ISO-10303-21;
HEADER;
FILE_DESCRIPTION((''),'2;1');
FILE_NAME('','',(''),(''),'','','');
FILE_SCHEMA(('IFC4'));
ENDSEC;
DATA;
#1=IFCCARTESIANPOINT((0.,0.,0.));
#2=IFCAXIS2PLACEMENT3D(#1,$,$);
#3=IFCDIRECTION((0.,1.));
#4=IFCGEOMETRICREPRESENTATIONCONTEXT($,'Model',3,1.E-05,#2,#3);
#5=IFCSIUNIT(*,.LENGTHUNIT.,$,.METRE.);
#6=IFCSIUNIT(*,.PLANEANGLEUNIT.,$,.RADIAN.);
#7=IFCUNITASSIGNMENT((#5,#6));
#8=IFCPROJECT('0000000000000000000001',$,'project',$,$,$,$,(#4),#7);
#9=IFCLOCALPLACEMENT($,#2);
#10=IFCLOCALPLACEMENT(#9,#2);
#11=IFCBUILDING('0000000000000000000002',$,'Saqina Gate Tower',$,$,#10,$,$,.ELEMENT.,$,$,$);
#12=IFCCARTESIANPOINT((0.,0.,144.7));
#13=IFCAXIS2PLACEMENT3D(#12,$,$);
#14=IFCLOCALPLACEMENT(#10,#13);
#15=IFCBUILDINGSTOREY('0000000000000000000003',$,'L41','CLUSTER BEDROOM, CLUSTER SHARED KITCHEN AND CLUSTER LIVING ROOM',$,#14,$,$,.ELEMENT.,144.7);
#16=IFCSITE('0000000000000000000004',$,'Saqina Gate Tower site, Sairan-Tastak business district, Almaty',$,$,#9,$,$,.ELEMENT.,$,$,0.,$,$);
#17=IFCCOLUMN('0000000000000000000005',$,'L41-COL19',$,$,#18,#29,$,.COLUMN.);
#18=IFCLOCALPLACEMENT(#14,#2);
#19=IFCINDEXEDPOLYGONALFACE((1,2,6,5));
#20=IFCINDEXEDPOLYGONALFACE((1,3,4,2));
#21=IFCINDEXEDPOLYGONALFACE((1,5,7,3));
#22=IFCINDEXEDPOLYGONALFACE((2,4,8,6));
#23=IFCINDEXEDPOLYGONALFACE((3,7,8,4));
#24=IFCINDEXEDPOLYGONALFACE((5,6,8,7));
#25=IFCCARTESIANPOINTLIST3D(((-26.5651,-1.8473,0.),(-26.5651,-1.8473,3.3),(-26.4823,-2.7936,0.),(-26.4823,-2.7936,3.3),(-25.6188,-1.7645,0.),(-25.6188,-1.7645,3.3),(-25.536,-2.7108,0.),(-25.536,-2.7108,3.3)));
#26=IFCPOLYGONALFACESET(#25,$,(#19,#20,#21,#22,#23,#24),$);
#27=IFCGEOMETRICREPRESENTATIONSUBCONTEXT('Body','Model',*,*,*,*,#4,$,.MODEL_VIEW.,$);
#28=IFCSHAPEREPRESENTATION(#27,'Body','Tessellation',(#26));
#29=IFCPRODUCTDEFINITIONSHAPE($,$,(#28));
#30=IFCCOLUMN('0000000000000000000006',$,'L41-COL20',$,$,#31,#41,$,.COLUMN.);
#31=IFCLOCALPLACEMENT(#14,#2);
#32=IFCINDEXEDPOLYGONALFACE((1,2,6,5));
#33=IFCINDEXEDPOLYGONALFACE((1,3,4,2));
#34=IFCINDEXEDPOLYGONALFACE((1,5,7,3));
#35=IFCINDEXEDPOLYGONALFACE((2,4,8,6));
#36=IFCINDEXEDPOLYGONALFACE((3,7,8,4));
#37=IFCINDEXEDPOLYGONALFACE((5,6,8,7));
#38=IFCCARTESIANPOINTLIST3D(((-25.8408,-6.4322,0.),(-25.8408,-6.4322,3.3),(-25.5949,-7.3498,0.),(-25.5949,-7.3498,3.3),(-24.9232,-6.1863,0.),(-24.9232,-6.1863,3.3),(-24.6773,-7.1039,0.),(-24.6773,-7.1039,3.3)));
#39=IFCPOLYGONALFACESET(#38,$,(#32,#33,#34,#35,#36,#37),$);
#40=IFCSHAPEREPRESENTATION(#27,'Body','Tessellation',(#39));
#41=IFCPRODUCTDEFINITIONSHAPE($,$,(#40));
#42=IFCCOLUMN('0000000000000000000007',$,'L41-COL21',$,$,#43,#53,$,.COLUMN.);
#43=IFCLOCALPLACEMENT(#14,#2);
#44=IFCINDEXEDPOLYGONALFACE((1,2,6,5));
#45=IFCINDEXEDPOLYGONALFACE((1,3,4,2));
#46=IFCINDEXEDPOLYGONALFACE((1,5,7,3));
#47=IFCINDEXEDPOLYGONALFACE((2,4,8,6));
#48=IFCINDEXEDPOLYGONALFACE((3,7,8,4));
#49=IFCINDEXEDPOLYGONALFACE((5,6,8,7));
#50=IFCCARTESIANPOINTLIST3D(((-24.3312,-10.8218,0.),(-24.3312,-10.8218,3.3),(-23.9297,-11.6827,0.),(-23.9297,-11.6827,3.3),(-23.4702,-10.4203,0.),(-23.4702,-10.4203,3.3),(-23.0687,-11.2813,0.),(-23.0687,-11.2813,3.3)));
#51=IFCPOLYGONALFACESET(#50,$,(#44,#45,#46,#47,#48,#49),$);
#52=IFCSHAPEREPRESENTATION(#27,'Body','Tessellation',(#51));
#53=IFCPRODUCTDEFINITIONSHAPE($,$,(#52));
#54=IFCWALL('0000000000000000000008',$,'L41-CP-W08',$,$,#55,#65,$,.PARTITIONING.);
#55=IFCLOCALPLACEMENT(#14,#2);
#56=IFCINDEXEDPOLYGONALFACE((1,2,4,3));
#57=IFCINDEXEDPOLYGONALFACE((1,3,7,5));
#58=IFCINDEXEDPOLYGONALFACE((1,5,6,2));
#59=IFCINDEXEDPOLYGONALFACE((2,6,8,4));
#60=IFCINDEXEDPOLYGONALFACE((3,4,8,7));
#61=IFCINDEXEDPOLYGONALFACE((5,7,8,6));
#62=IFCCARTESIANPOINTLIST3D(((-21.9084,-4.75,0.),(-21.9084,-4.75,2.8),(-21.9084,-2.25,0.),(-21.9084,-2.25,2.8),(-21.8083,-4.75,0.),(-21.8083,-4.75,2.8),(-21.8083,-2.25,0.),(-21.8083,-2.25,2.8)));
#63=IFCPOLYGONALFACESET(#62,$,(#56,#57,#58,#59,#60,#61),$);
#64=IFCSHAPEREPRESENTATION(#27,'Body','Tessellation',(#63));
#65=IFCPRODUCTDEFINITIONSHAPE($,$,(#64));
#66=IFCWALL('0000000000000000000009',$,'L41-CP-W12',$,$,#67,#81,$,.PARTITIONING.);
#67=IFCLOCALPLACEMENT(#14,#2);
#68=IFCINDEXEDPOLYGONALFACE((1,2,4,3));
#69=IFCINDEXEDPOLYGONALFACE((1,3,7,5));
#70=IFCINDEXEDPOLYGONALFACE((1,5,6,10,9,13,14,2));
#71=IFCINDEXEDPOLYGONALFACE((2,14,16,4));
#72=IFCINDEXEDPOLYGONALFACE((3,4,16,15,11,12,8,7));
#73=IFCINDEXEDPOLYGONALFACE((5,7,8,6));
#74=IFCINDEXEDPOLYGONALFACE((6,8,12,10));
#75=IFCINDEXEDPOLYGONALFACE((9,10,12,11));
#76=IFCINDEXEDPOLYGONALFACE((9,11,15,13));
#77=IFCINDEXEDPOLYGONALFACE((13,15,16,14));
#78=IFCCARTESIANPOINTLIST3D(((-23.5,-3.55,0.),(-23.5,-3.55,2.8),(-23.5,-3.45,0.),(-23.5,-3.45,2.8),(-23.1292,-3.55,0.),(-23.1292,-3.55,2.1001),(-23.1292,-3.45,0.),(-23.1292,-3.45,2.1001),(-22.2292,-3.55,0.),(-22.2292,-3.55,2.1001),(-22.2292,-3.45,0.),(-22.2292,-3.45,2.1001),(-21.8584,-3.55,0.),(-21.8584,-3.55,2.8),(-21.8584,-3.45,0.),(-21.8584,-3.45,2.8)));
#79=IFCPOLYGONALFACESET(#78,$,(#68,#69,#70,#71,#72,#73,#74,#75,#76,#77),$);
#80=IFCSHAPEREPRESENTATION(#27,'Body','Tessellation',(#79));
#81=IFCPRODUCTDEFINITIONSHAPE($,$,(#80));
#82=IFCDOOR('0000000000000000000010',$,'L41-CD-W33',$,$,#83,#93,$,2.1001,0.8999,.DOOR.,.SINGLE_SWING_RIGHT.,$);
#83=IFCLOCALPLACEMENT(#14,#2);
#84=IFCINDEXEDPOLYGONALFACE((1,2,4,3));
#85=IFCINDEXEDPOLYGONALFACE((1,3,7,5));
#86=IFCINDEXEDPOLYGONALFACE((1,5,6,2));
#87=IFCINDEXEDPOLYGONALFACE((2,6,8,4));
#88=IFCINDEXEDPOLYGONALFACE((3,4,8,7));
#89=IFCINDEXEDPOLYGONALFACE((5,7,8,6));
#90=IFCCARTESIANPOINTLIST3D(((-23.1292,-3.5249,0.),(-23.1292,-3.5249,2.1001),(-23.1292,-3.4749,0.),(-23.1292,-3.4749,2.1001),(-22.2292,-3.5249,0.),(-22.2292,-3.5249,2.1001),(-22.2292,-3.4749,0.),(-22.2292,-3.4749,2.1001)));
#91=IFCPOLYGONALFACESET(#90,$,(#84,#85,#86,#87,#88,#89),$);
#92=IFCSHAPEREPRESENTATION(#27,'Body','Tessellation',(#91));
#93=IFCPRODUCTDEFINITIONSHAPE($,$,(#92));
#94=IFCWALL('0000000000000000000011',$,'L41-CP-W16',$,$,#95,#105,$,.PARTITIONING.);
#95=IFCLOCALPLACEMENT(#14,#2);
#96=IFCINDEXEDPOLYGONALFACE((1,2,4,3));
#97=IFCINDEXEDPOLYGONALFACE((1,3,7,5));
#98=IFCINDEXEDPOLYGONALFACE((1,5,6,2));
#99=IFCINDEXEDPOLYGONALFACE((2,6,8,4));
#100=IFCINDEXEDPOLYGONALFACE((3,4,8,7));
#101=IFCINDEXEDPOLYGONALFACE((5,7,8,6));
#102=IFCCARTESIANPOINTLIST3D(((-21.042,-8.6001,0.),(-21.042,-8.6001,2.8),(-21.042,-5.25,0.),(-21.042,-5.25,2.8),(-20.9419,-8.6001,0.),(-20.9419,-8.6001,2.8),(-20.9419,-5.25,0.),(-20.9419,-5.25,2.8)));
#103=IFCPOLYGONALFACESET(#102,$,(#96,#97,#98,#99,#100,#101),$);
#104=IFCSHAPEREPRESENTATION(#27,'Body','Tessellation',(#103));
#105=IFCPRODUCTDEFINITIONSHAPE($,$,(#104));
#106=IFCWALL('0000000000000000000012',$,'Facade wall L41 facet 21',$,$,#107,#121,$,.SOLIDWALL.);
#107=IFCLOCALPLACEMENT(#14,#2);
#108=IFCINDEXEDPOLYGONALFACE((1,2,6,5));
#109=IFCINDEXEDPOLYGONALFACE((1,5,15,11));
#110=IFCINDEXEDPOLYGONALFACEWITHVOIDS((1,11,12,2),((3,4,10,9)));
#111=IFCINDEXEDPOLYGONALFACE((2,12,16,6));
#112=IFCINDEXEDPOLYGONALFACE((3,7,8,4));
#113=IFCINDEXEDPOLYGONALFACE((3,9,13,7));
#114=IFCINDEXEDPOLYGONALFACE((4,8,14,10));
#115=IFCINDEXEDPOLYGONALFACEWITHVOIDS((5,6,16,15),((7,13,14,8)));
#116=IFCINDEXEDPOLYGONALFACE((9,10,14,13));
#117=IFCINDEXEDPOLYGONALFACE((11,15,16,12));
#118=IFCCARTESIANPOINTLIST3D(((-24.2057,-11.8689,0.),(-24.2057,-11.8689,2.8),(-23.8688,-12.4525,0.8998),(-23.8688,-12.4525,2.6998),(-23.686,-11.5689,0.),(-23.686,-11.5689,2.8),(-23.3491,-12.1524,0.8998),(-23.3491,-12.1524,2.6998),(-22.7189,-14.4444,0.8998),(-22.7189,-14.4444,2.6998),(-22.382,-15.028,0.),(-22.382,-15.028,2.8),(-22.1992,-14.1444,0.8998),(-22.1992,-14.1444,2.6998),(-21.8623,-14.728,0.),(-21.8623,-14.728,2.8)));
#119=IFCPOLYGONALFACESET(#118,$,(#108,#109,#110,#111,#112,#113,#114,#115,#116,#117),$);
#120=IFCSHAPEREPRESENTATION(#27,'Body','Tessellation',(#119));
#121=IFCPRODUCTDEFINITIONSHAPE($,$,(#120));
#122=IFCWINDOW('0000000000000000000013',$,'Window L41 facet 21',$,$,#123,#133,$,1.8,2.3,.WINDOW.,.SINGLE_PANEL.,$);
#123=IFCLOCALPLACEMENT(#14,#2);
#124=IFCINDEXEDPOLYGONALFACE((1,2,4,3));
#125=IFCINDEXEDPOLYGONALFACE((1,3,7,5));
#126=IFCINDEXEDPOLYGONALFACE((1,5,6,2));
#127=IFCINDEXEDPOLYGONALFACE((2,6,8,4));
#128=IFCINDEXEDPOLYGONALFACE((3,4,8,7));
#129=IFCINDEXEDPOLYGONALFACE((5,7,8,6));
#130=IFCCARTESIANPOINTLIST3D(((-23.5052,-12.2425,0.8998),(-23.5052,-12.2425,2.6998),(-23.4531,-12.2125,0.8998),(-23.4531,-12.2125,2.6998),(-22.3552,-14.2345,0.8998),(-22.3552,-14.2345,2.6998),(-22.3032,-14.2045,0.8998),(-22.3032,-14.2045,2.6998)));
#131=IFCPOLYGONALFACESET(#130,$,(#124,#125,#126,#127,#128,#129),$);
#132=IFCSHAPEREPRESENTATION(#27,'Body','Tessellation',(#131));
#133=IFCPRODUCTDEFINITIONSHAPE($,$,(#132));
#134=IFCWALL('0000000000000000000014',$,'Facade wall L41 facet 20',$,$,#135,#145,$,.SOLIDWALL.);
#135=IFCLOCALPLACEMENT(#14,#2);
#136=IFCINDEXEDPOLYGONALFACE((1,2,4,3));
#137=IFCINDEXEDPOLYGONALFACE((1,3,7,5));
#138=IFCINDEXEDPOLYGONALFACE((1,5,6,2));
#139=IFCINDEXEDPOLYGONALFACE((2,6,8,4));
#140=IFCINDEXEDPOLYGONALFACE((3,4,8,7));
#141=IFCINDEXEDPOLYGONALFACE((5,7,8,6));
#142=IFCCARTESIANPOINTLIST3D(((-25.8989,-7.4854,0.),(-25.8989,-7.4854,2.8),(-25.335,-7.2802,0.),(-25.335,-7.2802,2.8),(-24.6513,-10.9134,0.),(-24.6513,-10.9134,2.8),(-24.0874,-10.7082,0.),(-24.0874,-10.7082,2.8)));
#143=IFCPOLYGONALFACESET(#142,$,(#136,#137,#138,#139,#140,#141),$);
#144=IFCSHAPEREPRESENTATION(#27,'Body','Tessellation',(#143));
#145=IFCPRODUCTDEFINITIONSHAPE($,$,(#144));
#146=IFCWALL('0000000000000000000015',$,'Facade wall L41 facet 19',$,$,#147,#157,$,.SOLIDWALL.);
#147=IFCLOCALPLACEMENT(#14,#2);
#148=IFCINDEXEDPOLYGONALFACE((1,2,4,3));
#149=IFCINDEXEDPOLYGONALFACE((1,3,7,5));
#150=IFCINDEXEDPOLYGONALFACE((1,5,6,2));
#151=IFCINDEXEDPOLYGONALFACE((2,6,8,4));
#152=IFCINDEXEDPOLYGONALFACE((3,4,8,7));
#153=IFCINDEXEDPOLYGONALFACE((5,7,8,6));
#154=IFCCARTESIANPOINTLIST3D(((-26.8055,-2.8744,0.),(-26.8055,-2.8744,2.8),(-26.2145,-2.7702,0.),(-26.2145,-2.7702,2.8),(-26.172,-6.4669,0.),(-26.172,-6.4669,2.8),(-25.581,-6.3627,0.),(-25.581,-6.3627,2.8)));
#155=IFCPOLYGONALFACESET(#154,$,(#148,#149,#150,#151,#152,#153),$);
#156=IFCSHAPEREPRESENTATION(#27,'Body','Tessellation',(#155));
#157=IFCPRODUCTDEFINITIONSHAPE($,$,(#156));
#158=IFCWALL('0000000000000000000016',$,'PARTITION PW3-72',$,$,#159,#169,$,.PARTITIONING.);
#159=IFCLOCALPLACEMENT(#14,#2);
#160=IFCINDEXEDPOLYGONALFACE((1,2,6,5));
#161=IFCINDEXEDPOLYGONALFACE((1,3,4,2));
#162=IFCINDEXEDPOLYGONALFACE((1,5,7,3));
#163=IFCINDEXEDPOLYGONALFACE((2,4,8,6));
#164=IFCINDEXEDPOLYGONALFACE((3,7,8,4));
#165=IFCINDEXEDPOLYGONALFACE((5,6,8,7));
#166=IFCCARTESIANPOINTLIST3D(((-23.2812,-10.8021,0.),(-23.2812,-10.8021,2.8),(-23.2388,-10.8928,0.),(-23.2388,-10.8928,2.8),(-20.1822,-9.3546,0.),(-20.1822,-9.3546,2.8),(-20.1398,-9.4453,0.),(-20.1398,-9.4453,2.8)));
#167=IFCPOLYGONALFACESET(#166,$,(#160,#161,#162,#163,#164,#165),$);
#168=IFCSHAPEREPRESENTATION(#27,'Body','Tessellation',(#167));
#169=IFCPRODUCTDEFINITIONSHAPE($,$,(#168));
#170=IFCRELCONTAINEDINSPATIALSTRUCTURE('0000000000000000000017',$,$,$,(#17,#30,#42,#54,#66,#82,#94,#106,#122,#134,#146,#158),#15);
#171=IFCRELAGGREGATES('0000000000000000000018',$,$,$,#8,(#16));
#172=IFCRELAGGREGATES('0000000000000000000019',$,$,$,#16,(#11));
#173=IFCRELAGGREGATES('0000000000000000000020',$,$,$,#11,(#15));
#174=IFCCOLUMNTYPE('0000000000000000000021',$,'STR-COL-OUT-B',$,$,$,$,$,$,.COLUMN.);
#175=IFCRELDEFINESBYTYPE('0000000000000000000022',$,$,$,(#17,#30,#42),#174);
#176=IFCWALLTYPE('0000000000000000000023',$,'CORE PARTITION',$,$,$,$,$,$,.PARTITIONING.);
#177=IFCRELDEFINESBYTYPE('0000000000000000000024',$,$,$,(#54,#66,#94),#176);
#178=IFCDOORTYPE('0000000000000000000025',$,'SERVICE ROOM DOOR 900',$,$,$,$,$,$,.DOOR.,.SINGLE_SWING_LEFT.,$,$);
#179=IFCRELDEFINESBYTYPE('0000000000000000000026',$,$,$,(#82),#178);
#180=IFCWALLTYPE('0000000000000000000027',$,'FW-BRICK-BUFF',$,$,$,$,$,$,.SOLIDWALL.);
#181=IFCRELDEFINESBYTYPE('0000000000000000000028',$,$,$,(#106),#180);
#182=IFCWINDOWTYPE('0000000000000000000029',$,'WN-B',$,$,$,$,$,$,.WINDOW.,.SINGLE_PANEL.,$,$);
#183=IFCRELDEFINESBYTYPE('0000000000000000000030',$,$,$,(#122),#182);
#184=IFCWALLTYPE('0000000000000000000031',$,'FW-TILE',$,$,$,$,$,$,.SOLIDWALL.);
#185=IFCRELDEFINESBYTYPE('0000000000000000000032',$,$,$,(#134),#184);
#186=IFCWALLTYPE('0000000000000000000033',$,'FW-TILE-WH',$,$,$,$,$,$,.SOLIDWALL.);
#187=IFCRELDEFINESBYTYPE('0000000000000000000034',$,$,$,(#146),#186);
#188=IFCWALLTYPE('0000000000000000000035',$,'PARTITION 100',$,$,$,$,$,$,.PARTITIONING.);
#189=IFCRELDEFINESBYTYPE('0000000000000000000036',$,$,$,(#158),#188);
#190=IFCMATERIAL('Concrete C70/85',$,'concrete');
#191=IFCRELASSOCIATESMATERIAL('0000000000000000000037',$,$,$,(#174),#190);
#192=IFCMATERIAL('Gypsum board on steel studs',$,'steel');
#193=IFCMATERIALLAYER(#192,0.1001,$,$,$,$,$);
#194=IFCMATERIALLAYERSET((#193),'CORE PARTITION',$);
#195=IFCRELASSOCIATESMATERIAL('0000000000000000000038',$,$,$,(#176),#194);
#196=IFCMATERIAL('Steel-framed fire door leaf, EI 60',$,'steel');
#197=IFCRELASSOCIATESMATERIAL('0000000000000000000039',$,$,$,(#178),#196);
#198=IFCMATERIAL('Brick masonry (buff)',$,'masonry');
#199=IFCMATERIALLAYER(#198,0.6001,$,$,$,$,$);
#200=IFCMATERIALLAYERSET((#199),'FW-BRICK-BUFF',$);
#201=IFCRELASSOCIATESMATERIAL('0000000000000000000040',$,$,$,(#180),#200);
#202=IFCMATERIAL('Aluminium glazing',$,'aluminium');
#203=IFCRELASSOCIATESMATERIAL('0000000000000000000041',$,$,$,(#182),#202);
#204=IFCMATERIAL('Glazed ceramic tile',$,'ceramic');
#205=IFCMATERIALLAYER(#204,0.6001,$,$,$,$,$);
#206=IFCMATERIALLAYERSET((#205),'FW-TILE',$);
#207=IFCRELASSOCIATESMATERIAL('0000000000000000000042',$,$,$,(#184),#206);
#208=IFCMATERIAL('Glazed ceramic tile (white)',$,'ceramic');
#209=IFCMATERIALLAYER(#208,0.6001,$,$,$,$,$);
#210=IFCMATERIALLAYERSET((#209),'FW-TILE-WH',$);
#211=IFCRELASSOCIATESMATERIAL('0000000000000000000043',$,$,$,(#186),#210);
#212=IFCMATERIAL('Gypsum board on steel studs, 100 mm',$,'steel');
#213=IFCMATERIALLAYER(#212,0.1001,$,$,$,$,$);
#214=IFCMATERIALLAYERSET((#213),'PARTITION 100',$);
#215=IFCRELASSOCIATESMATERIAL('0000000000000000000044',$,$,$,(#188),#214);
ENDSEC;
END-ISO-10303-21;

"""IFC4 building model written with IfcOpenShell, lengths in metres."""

from ifc_helpers import new_model, si_unit, direction, frame, frame_2d, origin, origin_2d, place, context, subcontext, project, spatial, rectangle, extrude, material, layer, layer_set, material_profile, profile_set, type_object, element, fill, save


model = new_model("IFC4")

# Units and contexts
model_context = context("Model", 3, precision=1e-05, world=origin(), true_north=direction((0.0, 1.0)))
body_context = subcontext(model_context, "Body", "Model", "MODEL_VIEW")
ifc_project = project(units=[si_unit("LENGTHUNIT", "METRE"), si_unit("PLANEANGLEUNIT", "RADIAN")], contexts=[model_context])

# Site, building, storey
site_placement = place(None, origin())
site = spatial("IfcSite", under=ifc_project, at=site_placement, Name="Saqina Gate Tower site, Sairan-Tastak business district, Almaty", CompositionType="ELEMENT", RefElevation=0.0)
building_placement = place(site_placement, origin())
building = spatial("IfcBuilding", under=site, at=building_placement, Name="Saqina Gate Tower", CompositionType="ELEMENT")
storey_placement = place(building_placement, frame((0.0, 0.0, 144.7)))
storey = spatial("IfcBuildingStorey", under=building, at=storey_placement, Name="L41", Description="CLUSTER BEDROOM, CLUSTER SHARED KITCHEN AND CLUSTER LIVING ROOM", CompositionType="ELEMENT", Elevation=144.7)

# Columns
ifc_material_1 = material(Name="Concrete C70/85", Category="concrete")
ifc_material_profile = material_profile(ifc_material_1, rectangle(XDim=0.95, YDim=0.95, at=origin_2d()), Name="RC 950x950")
ifc_profile_set = profile_set([ifc_material_profile], Name="Concrete C70/85")
column_type = type_object("IfcColumnType", Name="STR-COL-OUT-B", PredefinedType="COLUMN", material=ifc_profile_set)
for number, where, z_axis, x_axis, name in (
    (1, (-26.0505, -2.2791, 0.0), (0.0, 0.0, 1.0), (-0.996195, -0.087156, 0.0), "L41-COL19"),
    (2, (-25.259, -6.7681, 0.0), (0.0, 0.0, 1.0), (-0.965926, -0.258819, 0.0), "L41-COL20"),
    (3, (-23.7, -11.0515, 0.0), (0.0, 0.0, 1.0), (-0.906308, -0.422618, 0.0), "L41-COL21"),
):
    element("IfcColumn", number, at=place(storey_placement, frame(where, z_axis=z_axis, x_axis=x_axis)), inside=storey, type_object=column_type, Name=name, PredefinedType="COLUMN", context=body_context, shape_type="SweptSolid", body=[
        extrude(rectangle(XDim=0.95, YDim=0.95, at=origin_2d()), origin(), (0.0, 0.0, 1.0), 3.3),
    ])

# Wall
ifc_material_2 = material(Name="Gypsum board on steel studs", Category="steel")
ifc_layer_1 = layer(ifc_material_2, 0.1001)
ifc_layer_set_1 = layer_set([ifc_layer_1], Name="CORE PARTITION")
wall_type_1 = type_object("IfcWallType", Name="CORE PARTITION", PredefinedType="PARTITIONING", material=ifc_layer_set_1)
wall_1_placement = place(storey_placement, frame((-21.8584, -4.75, 0.0), z_axis=(0.0, 0.0, 1.0), x_axis=(0.0, 1.0, 0.0)))
element("IfcWall", 4, at=wall_1_placement, inside=storey, type_object=wall_type_1, Name="L41-CP-W08", PredefinedType="PARTITIONING", context=body_context, shape_type="SweptSolid", body=[
    extrude(rectangle(XDim=2.5, YDim=0.1001, at=frame_2d((1.25, 0.0))), origin(), (0.0, 0.0, 1.0), 2.8),
])

# Wall, opening, door
wall_2_placement = place(storey_placement, frame((-21.8584, -3.5, 0.0), z_axis=(0.0, 0.0, 1.0), x_axis=(-1.0, 0.0, 0.0)))
wall_2 = element("IfcWall", 5, at=wall_2_placement, inside=storey, type_object=wall_type_1, Name="L41-CP-W12", PredefinedType="PARTITIONING", context=body_context, shape_type="SweptSolid", body=[
    extrude(rectangle(XDim=1.6416, YDim=0.1001, at=frame_2d((0.8208, 0.0))), origin(), (0.0, 0.0, 1.0), 2.8),
])
opening_1_placement = place(wall_2_placement, frame((0.3708, 0.0, 0.0)))
opening_1 = element("IfcOpeningElement", 6, at=opening_1_placement, cuts=wall_2, PredefinedType="OPENING", context=body_context, shape_type="SweptSolid", body=[
    extrude(rectangle(XDim=0.8999, YDim=2.1001, at=frame_2d((0.45, 1.05))), frame((0.0, 0.062, 0.0), z_axis=(0.0, -1.0, 0.0), x_axis=(1.0, 0.0, 0.0)), (0.0, 0.0, 1.0), 0.124),
])
ifc_material_3 = material(Name="Steel-framed fire door leaf, EI 60", Category="steel")
door_type = type_object("IfcDoorType", Name="SERVICE ROOM DOOR 900", OperationType="SINGLE_SWING_LEFT", PredefinedType="DOOR", material=ifc_material_3)
door_placement = place(opening_1_placement, origin())
door = element("IfcDoor", 7, at=door_placement, inside=storey, type_object=door_type, Name="L41-CD-W33", OperationType="SINGLE_SWING_RIGHT", OverallHeight=2.1001, OverallWidth=0.8999, PredefinedType="DOOR", context=body_context, shape_type="SweptSolid", body=[
    extrude(rectangle(XDim=0.8999, YDim=2.1001, at=frame_2d((0.45, 1.05))), frame((0.0, 0.0249, 0.0), z_axis=(0.0, -1.0, 0.0), x_axis=(1.0, 0.0, 0.0)), (0.0, 0.0, 1.0), 0.05),
])
fill(opening_1, door)

# Wall
wall_3_placement = place(storey_placement, frame((-20.9919, -8.6001, 0.0), z_axis=(0.0, 0.0, 1.0), x_axis=(0.0, 1.0, 0.0)))
element("IfcWall", 8, at=wall_3_placement, inside=storey, type_object=wall_type_1, Name="L41-CP-W16", PredefinedType="PARTITIONING", context=body_context, shape_type="SweptSolid", body=[
    extrude(rectangle(XDim=3.3501, YDim=0.1001, at=frame_2d((1.675, 0.0))), origin(), (0.0, 0.0, 1.0), 2.8),
])

# Wall, opening, window
ifc_material_4 = material(Name="Brick masonry (buff)", Category="masonry")
ifc_layer_2 = layer(ifc_material_4, 0.6001)
ifc_layer_set_2 = layer_set([ifc_layer_2], Name="FW-BRICK-BUFF")
wall_type_2 = type_object("IfcWallType", Name="FW-BRICK-BUFF", PredefinedType="SOLIDWALL", material=ifc_layer_set_2)
wall_4_placement = place(storey_placement, frame((-23.9458, -11.719, 0.0), z_axis=(0.0, 0.0, 1.0), x_axis=(0.499954, -0.866052, 0.0)))
wall_4 = element("IfcWall", 9, at=wall_4_placement, inside=storey, type_object=wall_type_2, Name="Facade wall L41 facet 21", PredefinedType="SOLIDWALL", context=body_context, shape_type="SweptSolid", body=[
    extrude(rectangle(XDim=3.6477, YDim=0.6001, at=frame_2d((1.8237, 0.0))), origin(), (0.0, 0.0, 1.0), 2.8),
])
opening_2_placement = place(wall_4_placement, frame((0.6738, 0.0, 0.8999)))
opening_2 = element("IfcOpeningElement", 10, at=opening_2_placement, cuts=wall_4, PredefinedType="OPENING", context=body_context, shape_type="SweptSolid", body=[
    extrude(rectangle(XDim=2.3, YDim=1.8, at=frame_2d((1.1499, 0.8999))), frame((0.0, 0.312, 0.0), z_axis=(0.0, -1.0, 0.0), x_axis=(1.0, 0.0, 0.0)), (0.0, 0.0, 1.0), 0.624),
])
ifc_material_5 = material(Name="Aluminium glazing", Category="aluminium")
window_type = type_object("IfcWindowType", Name="WN-B", PartitioningType="SINGLE_PANEL", PredefinedType="WINDOW", material=ifc_material_5)
window_placement = place(opening_2_placement, origin())
window = element("IfcWindow", 11, at=window_placement, inside=storey, type_object=window_type, Name="Window L41 facet 21", OverallHeight=1.8, OverallWidth=2.3, PartitioningType="SINGLE_PANEL", PredefinedType="WINDOW", context=body_context, shape_type="SweptSolid", body=[
    extrude(rectangle(XDim=2.3, YDim=1.8, at=frame_2d((1.1499, 0.8999))), frame((0.0, 0.1799, 0.0), z_axis=(0.0, -1.0, 0.0), x_axis=(1.0, 0.0, 0.0)), (0.0, 0.0, 1.0), 0.0601),
])
fill(opening_2, window)

# Walls
ifc_material_6 = material(Name="Glazed ceramic tile", Category="ceramic")
ifc_layer_3 = layer(ifc_material_6, 0.6001)
ifc_layer_set_3 = layer_set([ifc_layer_3], Name="FW-TILE")
wall_type_3 = type_object("IfcWallType", Name="FW-TILE", PredefinedType="SOLIDWALL", material=ifc_layer_set_3)
wall_5_placement = place(storey_placement, frame((-25.6169, -7.3828, 0.0), z_axis=(0.0, 0.0, 1.0), x_axis=(0.34199, -0.939704, 0.0)))
element("IfcWall", 12, at=wall_5_placement, inside=storey, type_object=wall_type_3, Name="Facade wall L41 facet 20", PredefinedType="SOLIDWALL", context=body_context, shape_type="SweptSolid", body=[
    extrude(rectangle(XDim=3.6479, YDim=0.6001, at=frame_2d((1.824, 0.0))), origin(), (0.0, 0.0, 1.0), 2.8),
])
ifc_material_7 = material(Name="Glazed ceramic tile (white)", Category="ceramic")
ifc_layer_4 = layer(ifc_material_7, 0.6001)
ifc_layer_set_4 = layer_set([ifc_layer_4], Name="FW-TILE-WH")
wall_type_4 = type_object("IfcWallType", Name="FW-TILE-WH", PredefinedType="SOLIDWALL", material=ifc_layer_set_4)
wall_6_placement = place(storey_placement, frame((-26.51, -2.8223, 0.0), z_axis=(0.0, 0.0, 1.0), x_axis=(0.173671, -0.984804, 0.0)))
element("IfcWall", 13, at=wall_6_placement, inside=storey, type_object=wall_type_4, Name="Facade wall L41 facet 19", PredefinedType="SOLIDWALL", context=body_context, shape_type="SweptSolid", body=[
    extrude(rectangle(XDim=3.6479, YDim=0.6001, at=frame_2d((1.824, 0.0))), origin(), (0.0, 0.0, 1.0), 2.8),
])
ifc_material_8 = material(Name="Gypsum board on steel studs, 100 mm", Category="steel")
ifc_layer_5 = layer(ifc_material_8, 0.1001)
ifc_layer_set_5 = layer_set([ifc_layer_5], Name="PARTITION 100")
wall_type_5 = type_object("IfcWallType", Name="PARTITION 100", PredefinedType="PARTITIONING", material=ifc_layer_set_5)
wall_7_placement = place(storey_placement, frame((-23.26, -10.8474, 0.0), z_axis=(0.0, 0.0, 1.0), x_axis=(0.906043, 0.423186, 0.0)))
element("IfcWall", 14, at=wall_7_placement, inside=storey, type_object=wall_type_5, Name="PARTITION PW3-72", PredefinedType="PARTITIONING", context=body_context, shape_type="SweptSolid", body=[
    extrude(rectangle(XDim=3.4204, YDim=0.1001, at=frame_2d((1.7102, 0.0))), origin(), (0.0, 0.0, 1.0), 2.8),
])

save(model, "model.ifc")
